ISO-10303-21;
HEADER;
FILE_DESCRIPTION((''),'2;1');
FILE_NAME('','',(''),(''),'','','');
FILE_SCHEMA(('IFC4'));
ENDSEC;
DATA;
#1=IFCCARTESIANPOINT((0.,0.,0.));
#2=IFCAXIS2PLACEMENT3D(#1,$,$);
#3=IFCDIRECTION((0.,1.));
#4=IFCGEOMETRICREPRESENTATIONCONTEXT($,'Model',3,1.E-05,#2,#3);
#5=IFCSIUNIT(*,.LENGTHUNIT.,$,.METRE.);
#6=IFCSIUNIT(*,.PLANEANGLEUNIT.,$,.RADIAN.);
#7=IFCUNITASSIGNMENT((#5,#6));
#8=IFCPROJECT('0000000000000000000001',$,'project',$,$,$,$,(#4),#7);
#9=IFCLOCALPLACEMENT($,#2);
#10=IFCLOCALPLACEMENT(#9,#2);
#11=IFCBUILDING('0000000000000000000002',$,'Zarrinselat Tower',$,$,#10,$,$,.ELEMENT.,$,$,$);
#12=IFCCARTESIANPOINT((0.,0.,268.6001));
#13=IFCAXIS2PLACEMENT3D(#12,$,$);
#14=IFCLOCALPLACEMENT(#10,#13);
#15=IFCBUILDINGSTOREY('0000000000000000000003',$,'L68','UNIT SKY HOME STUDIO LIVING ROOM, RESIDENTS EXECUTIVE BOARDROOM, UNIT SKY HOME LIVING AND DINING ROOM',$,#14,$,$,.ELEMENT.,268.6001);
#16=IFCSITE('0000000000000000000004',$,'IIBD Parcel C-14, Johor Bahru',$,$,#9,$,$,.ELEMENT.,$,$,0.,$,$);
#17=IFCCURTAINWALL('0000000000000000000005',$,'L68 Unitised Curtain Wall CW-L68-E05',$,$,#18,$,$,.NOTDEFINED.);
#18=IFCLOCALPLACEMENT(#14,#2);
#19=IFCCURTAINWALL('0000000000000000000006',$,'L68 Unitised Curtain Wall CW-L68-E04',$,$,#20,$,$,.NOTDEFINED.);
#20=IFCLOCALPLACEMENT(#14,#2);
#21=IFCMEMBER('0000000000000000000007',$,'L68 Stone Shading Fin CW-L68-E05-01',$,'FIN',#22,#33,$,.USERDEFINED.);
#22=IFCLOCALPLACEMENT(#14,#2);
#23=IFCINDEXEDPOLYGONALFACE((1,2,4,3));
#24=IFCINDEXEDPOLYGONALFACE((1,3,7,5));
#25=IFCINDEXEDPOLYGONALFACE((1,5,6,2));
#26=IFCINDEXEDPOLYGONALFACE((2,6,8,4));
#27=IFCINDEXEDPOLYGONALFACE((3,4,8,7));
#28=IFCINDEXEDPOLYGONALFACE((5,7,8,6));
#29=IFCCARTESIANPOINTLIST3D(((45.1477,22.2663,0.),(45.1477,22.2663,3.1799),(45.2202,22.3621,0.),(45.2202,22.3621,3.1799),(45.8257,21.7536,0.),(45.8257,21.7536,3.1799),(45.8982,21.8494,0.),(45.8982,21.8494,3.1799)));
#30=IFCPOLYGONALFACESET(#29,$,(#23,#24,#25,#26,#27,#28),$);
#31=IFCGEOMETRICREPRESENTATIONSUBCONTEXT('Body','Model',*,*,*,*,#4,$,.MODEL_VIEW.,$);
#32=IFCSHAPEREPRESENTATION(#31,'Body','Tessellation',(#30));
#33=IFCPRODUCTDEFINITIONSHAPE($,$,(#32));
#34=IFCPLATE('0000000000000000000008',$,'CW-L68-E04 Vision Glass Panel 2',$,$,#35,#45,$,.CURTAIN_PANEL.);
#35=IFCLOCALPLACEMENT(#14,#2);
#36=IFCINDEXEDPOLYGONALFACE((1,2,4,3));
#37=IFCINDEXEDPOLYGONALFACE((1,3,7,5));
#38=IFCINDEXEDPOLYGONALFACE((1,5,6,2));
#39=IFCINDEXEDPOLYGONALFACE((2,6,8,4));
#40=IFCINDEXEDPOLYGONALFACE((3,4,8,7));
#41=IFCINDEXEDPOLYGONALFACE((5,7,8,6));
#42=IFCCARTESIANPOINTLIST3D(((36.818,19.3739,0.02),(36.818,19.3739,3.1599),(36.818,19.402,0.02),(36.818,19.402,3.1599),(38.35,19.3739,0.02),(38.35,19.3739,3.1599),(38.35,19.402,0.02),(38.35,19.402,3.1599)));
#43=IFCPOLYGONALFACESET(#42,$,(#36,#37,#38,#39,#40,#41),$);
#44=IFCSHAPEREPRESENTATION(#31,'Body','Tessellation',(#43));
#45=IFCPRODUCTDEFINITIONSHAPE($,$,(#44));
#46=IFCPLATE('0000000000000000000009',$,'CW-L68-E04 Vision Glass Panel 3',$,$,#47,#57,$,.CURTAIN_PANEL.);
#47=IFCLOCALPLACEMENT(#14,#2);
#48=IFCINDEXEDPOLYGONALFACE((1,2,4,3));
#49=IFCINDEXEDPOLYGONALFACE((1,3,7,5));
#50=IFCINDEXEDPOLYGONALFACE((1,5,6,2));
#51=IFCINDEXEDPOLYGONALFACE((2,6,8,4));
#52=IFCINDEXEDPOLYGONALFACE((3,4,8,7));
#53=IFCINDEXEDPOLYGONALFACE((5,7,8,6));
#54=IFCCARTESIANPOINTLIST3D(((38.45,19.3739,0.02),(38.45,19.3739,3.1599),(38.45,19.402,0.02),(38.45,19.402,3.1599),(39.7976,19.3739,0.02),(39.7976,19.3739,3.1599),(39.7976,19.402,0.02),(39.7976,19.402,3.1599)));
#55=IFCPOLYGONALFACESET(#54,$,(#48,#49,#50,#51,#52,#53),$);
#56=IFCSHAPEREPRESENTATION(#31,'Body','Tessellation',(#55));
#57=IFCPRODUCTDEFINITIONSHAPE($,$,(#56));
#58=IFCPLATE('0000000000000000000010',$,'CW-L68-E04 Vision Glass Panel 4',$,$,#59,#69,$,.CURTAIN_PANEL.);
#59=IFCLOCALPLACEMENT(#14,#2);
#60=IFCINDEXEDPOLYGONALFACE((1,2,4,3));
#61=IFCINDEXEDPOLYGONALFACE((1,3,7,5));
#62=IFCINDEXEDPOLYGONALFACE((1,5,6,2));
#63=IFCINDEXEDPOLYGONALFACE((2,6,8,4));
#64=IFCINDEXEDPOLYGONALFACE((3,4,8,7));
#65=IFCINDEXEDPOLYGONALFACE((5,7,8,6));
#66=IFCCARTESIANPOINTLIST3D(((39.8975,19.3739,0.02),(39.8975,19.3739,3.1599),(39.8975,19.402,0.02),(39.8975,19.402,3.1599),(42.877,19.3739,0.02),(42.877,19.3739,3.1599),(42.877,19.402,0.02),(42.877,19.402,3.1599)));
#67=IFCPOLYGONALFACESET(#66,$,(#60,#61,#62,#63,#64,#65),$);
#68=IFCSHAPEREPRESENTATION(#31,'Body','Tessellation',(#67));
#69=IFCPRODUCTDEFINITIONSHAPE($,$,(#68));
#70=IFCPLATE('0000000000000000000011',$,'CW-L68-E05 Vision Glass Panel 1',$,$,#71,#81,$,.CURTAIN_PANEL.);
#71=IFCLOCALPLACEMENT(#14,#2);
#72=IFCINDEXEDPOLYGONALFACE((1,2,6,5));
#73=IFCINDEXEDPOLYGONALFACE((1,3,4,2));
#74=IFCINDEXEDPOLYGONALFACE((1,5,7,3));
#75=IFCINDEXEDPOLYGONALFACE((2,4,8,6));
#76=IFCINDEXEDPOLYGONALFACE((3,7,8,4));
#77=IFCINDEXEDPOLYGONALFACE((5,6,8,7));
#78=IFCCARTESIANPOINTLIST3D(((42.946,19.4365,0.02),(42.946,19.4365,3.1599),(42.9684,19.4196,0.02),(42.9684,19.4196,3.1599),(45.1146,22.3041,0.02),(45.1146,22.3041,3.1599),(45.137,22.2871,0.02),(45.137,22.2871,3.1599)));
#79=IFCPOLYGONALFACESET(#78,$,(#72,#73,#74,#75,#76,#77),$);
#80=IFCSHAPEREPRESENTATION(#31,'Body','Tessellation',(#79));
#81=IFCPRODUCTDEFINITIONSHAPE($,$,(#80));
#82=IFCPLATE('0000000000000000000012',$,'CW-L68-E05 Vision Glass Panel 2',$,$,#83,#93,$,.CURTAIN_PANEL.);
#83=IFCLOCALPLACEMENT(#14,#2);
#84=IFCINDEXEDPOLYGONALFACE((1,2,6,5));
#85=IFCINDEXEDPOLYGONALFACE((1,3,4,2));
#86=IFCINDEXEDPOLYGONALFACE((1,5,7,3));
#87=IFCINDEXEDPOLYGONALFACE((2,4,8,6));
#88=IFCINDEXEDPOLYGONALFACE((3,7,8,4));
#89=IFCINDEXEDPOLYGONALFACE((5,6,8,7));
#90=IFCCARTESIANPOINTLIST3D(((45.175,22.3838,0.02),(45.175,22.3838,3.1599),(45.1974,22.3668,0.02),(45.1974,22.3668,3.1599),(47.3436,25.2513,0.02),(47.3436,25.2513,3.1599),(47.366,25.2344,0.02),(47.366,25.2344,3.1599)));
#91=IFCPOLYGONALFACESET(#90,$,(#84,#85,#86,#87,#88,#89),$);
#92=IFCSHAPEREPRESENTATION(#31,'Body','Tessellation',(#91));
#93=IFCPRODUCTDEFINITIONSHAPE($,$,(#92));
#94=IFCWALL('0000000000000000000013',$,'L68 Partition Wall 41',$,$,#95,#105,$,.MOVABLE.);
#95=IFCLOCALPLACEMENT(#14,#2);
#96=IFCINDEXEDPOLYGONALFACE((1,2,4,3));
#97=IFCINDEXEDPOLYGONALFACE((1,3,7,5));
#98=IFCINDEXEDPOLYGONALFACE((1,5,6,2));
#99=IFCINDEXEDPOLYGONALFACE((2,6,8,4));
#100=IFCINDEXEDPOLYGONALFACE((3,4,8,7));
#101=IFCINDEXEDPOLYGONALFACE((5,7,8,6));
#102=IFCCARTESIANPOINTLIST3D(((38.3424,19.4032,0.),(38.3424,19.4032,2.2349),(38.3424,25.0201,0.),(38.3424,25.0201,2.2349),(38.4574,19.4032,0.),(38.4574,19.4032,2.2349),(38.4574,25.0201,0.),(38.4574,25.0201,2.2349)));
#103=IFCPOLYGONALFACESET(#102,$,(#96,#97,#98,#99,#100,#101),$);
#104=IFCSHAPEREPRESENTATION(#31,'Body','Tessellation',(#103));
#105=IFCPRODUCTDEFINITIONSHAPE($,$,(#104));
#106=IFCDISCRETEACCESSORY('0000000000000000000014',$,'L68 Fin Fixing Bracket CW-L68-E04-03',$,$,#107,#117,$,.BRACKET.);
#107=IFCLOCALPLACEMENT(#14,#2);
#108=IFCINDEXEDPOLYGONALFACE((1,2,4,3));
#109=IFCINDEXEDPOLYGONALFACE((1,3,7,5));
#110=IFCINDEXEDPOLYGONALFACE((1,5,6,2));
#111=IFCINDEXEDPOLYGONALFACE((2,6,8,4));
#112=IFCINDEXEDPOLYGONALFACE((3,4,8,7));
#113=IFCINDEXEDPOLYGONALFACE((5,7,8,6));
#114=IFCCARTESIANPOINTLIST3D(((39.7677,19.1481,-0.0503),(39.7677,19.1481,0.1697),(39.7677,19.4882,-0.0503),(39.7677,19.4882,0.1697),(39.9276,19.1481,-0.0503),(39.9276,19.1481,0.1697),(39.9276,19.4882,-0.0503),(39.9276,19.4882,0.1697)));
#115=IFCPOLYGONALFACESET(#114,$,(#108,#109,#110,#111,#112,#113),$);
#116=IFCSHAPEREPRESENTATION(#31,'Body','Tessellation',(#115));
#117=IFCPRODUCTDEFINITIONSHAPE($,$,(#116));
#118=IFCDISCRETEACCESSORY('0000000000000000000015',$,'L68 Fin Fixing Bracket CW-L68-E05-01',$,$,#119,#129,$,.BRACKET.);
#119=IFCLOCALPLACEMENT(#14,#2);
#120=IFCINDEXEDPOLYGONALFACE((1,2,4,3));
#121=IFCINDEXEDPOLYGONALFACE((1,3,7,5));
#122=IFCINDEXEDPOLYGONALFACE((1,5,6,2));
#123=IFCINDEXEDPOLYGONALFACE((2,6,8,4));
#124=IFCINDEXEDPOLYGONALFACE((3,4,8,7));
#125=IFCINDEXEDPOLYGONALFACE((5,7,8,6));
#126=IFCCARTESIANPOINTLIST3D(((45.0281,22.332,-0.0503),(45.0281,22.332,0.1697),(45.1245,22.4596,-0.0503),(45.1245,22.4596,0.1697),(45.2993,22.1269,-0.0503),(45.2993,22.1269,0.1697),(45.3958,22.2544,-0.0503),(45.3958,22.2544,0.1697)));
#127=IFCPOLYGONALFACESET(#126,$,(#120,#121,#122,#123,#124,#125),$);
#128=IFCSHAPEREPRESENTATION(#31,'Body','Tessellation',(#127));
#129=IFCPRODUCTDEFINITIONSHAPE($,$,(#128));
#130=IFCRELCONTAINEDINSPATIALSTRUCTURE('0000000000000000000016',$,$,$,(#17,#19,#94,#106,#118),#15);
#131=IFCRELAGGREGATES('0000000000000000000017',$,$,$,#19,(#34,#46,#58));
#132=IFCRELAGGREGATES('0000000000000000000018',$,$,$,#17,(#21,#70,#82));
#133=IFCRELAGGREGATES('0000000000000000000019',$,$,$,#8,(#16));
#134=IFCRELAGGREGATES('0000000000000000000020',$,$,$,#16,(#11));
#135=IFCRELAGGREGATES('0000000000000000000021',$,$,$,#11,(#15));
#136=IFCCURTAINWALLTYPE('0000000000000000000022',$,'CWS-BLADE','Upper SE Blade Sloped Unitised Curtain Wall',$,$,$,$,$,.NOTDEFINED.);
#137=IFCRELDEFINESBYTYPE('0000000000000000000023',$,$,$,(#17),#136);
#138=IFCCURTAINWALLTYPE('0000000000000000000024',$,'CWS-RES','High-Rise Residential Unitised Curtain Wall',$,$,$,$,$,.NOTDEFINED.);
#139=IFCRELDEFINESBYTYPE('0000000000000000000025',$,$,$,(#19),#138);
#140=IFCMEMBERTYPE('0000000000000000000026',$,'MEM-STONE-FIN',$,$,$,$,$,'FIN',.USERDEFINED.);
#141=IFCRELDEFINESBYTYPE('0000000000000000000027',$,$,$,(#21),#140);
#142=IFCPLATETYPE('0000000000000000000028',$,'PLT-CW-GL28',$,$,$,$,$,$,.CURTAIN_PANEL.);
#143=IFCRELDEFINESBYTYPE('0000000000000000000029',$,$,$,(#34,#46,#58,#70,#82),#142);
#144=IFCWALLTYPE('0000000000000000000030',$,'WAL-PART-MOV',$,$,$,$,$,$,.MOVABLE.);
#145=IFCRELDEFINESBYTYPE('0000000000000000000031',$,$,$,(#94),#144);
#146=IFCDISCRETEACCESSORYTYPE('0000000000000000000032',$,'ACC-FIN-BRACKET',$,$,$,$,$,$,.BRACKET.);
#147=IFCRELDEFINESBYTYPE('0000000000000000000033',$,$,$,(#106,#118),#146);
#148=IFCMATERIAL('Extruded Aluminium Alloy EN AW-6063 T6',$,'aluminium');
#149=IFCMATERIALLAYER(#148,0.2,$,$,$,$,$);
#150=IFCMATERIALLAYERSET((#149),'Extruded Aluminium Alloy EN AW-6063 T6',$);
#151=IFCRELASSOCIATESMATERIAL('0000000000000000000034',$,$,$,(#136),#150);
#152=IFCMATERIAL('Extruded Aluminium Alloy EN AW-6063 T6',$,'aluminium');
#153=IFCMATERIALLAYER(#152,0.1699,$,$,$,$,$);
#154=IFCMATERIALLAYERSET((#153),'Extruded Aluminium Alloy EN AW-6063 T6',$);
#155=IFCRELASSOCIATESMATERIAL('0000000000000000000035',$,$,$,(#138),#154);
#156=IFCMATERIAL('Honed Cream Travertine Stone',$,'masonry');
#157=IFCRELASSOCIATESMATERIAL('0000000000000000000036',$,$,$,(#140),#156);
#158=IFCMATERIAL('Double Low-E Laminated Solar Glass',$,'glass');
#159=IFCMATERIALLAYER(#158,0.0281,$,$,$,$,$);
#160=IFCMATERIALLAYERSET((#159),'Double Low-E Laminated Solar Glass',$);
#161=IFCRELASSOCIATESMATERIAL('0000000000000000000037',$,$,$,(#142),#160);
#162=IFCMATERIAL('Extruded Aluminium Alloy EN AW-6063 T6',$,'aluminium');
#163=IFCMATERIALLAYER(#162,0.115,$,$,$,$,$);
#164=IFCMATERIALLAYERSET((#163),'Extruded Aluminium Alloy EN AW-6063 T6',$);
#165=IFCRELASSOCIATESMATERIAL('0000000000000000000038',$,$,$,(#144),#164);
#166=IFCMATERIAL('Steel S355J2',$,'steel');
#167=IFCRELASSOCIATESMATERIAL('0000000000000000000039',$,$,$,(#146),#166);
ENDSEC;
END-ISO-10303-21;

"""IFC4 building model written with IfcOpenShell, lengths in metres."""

from ifc_helpers import new_model, si_unit, direction, frame, frame_2d, origin, origin_2d, place, context, subcontext, project, spatial, rectangle, extrude, material, layer, layer_set, material_profile, profile_set, type_object, element, aggregate, save


model = new_model("IFC4")

# Units and contexts
model_context = context("Model", 3, precision=1e-05, world=origin(), true_north=direction((0.0, 1.0)))
body_context = subcontext(model_context, "Body", "Model", "MODEL_VIEW")
ifc_project = project(units=[si_unit("LENGTHUNIT", "METRE"), si_unit("PLANEANGLEUNIT", "RADIAN")], contexts=[model_context])

# Site, building, storey
site_placement = place(None, origin())
site = spatial("IfcSite", under=ifc_project, at=site_placement, Name="IIBD Parcel C-14, Johor Bahru", CompositionType="ELEMENT", RefElevation=0.0)
building_placement = place(site_placement, origin())
building = spatial("IfcBuilding", under=site, at=building_placement, Name="Zarrinselat Tower", CompositionType="ELEMENT")
storey_placement = place(building_placement, frame((0.0, 0.0, 268.6001)))
storey = spatial("IfcBuildingStorey", under=building, at=storey_placement, Name="L68", Description="UNIT SKY HOME STUDIO LIVING ROOM, RESIDENTS EXECUTIVE BOARDROOM, UNIT SKY HOME LIVING AND DINING ROOM", CompositionType="ELEMENT", Elevation=268.6001)

# Curtain wall
ifc_material_1 = material(Name="Extruded Aluminium Alloy EN AW-6063 T6", Category="aluminium")
ifc_layer_1 = layer(ifc_material_1, 0.2)
ifc_layer_set_1 = layer_set([ifc_layer_1], Name="Extruded Aluminium Alloy EN AW-6063 T6")
curtain_wall_type_1 = type_object("IfcCurtainWallType", Name="CWS-BLADE", Description="Upper SE Blade Sloped Unitised Curtain Wall", PredefinedType="NOTDEFINED", material=ifc_layer_set_1)
curtain_wall_1_placement = place(storey_placement, origin())
curtain_wall_1 = element("IfcCurtainWall", 1, at=curtain_wall_1_placement, inside=storey, type_object=curtain_wall_type_1, Name="L68 Unitised Curtain Wall CW-L68-E05", PredefinedType="NOTDEFINED")

# Curtain wall
ifc_material_2 = material(Name="Extruded Aluminium Alloy EN AW-6063 T6", Category="aluminium")
ifc_layer_2 = layer(ifc_material_2, 0.1699)
ifc_layer_set_2 = layer_set([ifc_layer_2], Name="Extruded Aluminium Alloy EN AW-6063 T6")
curtain_wall_type_2 = type_object("IfcCurtainWallType", Name="CWS-RES", Description="High-Rise Residential Unitised Curtain Wall", PredefinedType="NOTDEFINED", material=ifc_layer_set_2)
curtain_wall_2_placement = place(storey_placement, origin())
curtain_wall_2 = element("IfcCurtainWall", 2, at=curtain_wall_2_placement, inside=storey, type_object=curtain_wall_type_2, Name="L68 Unitised Curtain Wall CW-L68-E04", PredefinedType="NOTDEFINED")

# Member
ifc_material_3 = material(Name="Honed Cream Travertine Stone", Category="masonry")
ifc_material_profile_1 = material_profile(ifc_material_3, rectangle(XDim=0.1201, YDim=0.8501, at=origin_2d()), Name="FIN 850x120")
ifc_profile_set_1 = profile_set([ifc_material_profile_1], Name="Honed Cream Travertine Stone")
member_type_1 = type_object("IfcMemberType", Name="MEM-STONE-FIN", ElementType="FIN", PredefinedType="USERDEFINED", material=ifc_profile_set_1)
member_1_placement = place(storey_placement, frame((45.5229, 22.0579, 0.0), z_axis=(0.0, 0.0, 1.0), x_axis=(-0.60317, -0.797613, 0.0)))
member_1 = element("IfcMember", 3, at=member_1_placement, type_object=member_type_1, Name="L68 Stone Shading Fin CW-L68-E05-01", ObjectType="FIN", PredefinedType="USERDEFINED", context=body_context, shape_type="SweptSolid", body=[
    extrude(rectangle(XDim=0.1201, YDim=0.8501, at=origin_2d()), origin(), (0.0, 0.0, 1.0), 3.1799),
])

# Plates
ifc_material_4 = material(Name="Double Low-E Laminated Solar Glass", Category="glass")
ifc_layer_3 = layer(ifc_material_4, 0.0281)
ifc_layer_set_3 = layer_set([ifc_layer_3], Name="Double Low-E Laminated Solar Glass")
plate_type = type_object("IfcPlateType", Name="PLT-CW-GL28", PredefinedType="CURTAIN_PANEL", material=ifc_layer_set_3)
plate_1_placement = place(storey_placement, frame((37.584, 19.3879, 0.02), z_axis=(0.0, 0.0, 1.0), x_axis=(1.0, 0.0, 0.0)))
plate_1 = element("IfcPlate", 4, at=plate_1_placement, type_object=plate_type, Name="CW-L68-E04 Vision Glass Panel 2", PredefinedType="CURTAIN_PANEL", context=body_context, shape_type="SweptSolid", body=[
    extrude(rectangle(XDim=1.532, YDim=0.0281, at=origin_2d()), origin(), (0.0, 0.0, 1.0), 3.1399),
])
plate_2_placement = place(storey_placement, frame((39.1238, 19.3879, 0.02), z_axis=(0.0, 0.0, 1.0), x_axis=(1.0, 0.0, 0.0)))
plate_2 = element("IfcPlate", 5, at=plate_2_placement, type_object=plate_type, Name="CW-L68-E04 Vision Glass Panel 3", PredefinedType="CURTAIN_PANEL", context=body_context, shape_type="SweptSolid", body=[
    extrude(rectangle(XDim=1.3477, YDim=0.0281, at=origin_2d()), origin(), (0.0, 0.0, 1.0), 3.1399),
])
plate_3_placement = place(storey_placement, frame((41.3872, 19.3879, 0.02), z_axis=(0.0, 0.0, 1.0), x_axis=(1.0, 0.0, 0.0)))
plate_3 = element("IfcPlate", 6, at=plate_3_placement, type_object=plate_type, Name="CW-L68-E04 Vision Glass Panel 4", PredefinedType="CURTAIN_PANEL", context=body_context, shape_type="SweptSolid", body=[
    extrude(rectangle(XDim=2.9795, YDim=0.0281, at=origin_2d()), origin(), (0.0, 0.0, 1.0), 3.1399),
])
aggregate(curtain_wall_2, [plate_1, plate_2, plate_3])
plate_4_placement = place(storey_placement, frame((44.0415, 20.8618, 0.02), z_axis=(0.0, 0.0, 1.0), x_axis=(0.60317, 0.797613, 0.0)))
plate_4 = element("IfcPlate", 7, at=plate_4_placement, type_object=plate_type, Name="CW-L68-E05 Vision Glass Panel 1", PredefinedType="CURTAIN_PANEL", context=body_context, shape_type="SweptSolid", body=[
    extrude(rectangle(XDim=3.5952, YDim=0.0281, at=origin_2d()), origin(), (0.0, 0.0, 1.0), 3.1399),
])
plate_5_placement = place(storey_placement, frame((46.2705, 23.8091, 0.02), z_axis=(0.0, 0.0, 1.0), x_axis=(0.60317, 0.797613, 0.0)))
plate_5 = element("IfcPlate", 8, at=plate_5_placement, type_object=plate_type, Name="CW-L68-E05 Vision Glass Panel 2", PredefinedType="CURTAIN_PANEL", context=body_context, shape_type="SweptSolid", body=[
    extrude(rectangle(XDim=3.5952, YDim=0.0281, at=origin_2d()), origin(), (0.0, 0.0, 1.0), 3.1399),
])
aggregate(curtain_wall_1, [member_1, plate_4, plate_5])

# Wall
ifc_material_5 = material(Name="Extruded Aluminium Alloy EN AW-6063 T6", Category="aluminium")
ifc_layer_4 = layer(ifc_material_5, 0.115)
ifc_layer_set_4 = layer_set([ifc_layer_4], Name="Extruded Aluminium Alloy EN AW-6063 T6")
wall_type = type_object("IfcWallType", Name="WAL-PART-MOV", PredefinedType="MOVABLE", material=ifc_layer_set_4)
wall_placement = place(storey_placement, frame((38.3999, 19.4031, 0.0), z_axis=(0.0, 0.0, 1.0), x_axis=(0.0, 1.0, 0.0)))
element("IfcWall", 9, at=wall_placement, inside=storey, type_object=wall_type, Name="L68 Partition Wall 41", PredefinedType="MOVABLE", context=body_context, shape_type="SweptSolid", body=[
    extrude(rectangle(XDim=5.6169, YDim=0.115, at=frame_2d((2.8086, 0.0))), origin(), (0.0, 0.0, 1.0), 2.2349),
])

# Discrete accessories
ifc_material_6 = material(Name="Steel S355J2", Category="steel")
discrete_accessory_type = type_object("IfcDiscreteAccessoryType", Name="ACC-FIN-BRACKET", PredefinedType="BRACKET", material=ifc_material_6)
for number, where, z_axis, x_axis, name in (
    (10, (39.8477, 19.3181, -0.0503), (0.0, 0.0, 1.0), (0.0, -1.0, 0.0), "L68 Fin Fixing Bracket CW-L68-E04-03"),
    (11, (45.2119, 22.2932, -0.0503), (0.0, 0.0, 1.0), (0.797613, -0.60317, 0.0), "L68 Fin Fixing Bracket CW-L68-E05-01"),
):
    element("IfcDiscreteAccessory", number, at=place(storey_placement, frame(where, z_axis=z_axis, x_axis=x_axis)), inside=storey, type_object=discrete_accessory_type, Name=name, PredefinedType="BRACKET", context=body_context, shape_type="SweptSolid", body=[
        extrude(rectangle(XDim=0.3401, YDim=0.1599, at=origin_2d()), origin(), (0.0, 0.0, 1.0), 0.22),
    ])

save(model, "model.ifc")
